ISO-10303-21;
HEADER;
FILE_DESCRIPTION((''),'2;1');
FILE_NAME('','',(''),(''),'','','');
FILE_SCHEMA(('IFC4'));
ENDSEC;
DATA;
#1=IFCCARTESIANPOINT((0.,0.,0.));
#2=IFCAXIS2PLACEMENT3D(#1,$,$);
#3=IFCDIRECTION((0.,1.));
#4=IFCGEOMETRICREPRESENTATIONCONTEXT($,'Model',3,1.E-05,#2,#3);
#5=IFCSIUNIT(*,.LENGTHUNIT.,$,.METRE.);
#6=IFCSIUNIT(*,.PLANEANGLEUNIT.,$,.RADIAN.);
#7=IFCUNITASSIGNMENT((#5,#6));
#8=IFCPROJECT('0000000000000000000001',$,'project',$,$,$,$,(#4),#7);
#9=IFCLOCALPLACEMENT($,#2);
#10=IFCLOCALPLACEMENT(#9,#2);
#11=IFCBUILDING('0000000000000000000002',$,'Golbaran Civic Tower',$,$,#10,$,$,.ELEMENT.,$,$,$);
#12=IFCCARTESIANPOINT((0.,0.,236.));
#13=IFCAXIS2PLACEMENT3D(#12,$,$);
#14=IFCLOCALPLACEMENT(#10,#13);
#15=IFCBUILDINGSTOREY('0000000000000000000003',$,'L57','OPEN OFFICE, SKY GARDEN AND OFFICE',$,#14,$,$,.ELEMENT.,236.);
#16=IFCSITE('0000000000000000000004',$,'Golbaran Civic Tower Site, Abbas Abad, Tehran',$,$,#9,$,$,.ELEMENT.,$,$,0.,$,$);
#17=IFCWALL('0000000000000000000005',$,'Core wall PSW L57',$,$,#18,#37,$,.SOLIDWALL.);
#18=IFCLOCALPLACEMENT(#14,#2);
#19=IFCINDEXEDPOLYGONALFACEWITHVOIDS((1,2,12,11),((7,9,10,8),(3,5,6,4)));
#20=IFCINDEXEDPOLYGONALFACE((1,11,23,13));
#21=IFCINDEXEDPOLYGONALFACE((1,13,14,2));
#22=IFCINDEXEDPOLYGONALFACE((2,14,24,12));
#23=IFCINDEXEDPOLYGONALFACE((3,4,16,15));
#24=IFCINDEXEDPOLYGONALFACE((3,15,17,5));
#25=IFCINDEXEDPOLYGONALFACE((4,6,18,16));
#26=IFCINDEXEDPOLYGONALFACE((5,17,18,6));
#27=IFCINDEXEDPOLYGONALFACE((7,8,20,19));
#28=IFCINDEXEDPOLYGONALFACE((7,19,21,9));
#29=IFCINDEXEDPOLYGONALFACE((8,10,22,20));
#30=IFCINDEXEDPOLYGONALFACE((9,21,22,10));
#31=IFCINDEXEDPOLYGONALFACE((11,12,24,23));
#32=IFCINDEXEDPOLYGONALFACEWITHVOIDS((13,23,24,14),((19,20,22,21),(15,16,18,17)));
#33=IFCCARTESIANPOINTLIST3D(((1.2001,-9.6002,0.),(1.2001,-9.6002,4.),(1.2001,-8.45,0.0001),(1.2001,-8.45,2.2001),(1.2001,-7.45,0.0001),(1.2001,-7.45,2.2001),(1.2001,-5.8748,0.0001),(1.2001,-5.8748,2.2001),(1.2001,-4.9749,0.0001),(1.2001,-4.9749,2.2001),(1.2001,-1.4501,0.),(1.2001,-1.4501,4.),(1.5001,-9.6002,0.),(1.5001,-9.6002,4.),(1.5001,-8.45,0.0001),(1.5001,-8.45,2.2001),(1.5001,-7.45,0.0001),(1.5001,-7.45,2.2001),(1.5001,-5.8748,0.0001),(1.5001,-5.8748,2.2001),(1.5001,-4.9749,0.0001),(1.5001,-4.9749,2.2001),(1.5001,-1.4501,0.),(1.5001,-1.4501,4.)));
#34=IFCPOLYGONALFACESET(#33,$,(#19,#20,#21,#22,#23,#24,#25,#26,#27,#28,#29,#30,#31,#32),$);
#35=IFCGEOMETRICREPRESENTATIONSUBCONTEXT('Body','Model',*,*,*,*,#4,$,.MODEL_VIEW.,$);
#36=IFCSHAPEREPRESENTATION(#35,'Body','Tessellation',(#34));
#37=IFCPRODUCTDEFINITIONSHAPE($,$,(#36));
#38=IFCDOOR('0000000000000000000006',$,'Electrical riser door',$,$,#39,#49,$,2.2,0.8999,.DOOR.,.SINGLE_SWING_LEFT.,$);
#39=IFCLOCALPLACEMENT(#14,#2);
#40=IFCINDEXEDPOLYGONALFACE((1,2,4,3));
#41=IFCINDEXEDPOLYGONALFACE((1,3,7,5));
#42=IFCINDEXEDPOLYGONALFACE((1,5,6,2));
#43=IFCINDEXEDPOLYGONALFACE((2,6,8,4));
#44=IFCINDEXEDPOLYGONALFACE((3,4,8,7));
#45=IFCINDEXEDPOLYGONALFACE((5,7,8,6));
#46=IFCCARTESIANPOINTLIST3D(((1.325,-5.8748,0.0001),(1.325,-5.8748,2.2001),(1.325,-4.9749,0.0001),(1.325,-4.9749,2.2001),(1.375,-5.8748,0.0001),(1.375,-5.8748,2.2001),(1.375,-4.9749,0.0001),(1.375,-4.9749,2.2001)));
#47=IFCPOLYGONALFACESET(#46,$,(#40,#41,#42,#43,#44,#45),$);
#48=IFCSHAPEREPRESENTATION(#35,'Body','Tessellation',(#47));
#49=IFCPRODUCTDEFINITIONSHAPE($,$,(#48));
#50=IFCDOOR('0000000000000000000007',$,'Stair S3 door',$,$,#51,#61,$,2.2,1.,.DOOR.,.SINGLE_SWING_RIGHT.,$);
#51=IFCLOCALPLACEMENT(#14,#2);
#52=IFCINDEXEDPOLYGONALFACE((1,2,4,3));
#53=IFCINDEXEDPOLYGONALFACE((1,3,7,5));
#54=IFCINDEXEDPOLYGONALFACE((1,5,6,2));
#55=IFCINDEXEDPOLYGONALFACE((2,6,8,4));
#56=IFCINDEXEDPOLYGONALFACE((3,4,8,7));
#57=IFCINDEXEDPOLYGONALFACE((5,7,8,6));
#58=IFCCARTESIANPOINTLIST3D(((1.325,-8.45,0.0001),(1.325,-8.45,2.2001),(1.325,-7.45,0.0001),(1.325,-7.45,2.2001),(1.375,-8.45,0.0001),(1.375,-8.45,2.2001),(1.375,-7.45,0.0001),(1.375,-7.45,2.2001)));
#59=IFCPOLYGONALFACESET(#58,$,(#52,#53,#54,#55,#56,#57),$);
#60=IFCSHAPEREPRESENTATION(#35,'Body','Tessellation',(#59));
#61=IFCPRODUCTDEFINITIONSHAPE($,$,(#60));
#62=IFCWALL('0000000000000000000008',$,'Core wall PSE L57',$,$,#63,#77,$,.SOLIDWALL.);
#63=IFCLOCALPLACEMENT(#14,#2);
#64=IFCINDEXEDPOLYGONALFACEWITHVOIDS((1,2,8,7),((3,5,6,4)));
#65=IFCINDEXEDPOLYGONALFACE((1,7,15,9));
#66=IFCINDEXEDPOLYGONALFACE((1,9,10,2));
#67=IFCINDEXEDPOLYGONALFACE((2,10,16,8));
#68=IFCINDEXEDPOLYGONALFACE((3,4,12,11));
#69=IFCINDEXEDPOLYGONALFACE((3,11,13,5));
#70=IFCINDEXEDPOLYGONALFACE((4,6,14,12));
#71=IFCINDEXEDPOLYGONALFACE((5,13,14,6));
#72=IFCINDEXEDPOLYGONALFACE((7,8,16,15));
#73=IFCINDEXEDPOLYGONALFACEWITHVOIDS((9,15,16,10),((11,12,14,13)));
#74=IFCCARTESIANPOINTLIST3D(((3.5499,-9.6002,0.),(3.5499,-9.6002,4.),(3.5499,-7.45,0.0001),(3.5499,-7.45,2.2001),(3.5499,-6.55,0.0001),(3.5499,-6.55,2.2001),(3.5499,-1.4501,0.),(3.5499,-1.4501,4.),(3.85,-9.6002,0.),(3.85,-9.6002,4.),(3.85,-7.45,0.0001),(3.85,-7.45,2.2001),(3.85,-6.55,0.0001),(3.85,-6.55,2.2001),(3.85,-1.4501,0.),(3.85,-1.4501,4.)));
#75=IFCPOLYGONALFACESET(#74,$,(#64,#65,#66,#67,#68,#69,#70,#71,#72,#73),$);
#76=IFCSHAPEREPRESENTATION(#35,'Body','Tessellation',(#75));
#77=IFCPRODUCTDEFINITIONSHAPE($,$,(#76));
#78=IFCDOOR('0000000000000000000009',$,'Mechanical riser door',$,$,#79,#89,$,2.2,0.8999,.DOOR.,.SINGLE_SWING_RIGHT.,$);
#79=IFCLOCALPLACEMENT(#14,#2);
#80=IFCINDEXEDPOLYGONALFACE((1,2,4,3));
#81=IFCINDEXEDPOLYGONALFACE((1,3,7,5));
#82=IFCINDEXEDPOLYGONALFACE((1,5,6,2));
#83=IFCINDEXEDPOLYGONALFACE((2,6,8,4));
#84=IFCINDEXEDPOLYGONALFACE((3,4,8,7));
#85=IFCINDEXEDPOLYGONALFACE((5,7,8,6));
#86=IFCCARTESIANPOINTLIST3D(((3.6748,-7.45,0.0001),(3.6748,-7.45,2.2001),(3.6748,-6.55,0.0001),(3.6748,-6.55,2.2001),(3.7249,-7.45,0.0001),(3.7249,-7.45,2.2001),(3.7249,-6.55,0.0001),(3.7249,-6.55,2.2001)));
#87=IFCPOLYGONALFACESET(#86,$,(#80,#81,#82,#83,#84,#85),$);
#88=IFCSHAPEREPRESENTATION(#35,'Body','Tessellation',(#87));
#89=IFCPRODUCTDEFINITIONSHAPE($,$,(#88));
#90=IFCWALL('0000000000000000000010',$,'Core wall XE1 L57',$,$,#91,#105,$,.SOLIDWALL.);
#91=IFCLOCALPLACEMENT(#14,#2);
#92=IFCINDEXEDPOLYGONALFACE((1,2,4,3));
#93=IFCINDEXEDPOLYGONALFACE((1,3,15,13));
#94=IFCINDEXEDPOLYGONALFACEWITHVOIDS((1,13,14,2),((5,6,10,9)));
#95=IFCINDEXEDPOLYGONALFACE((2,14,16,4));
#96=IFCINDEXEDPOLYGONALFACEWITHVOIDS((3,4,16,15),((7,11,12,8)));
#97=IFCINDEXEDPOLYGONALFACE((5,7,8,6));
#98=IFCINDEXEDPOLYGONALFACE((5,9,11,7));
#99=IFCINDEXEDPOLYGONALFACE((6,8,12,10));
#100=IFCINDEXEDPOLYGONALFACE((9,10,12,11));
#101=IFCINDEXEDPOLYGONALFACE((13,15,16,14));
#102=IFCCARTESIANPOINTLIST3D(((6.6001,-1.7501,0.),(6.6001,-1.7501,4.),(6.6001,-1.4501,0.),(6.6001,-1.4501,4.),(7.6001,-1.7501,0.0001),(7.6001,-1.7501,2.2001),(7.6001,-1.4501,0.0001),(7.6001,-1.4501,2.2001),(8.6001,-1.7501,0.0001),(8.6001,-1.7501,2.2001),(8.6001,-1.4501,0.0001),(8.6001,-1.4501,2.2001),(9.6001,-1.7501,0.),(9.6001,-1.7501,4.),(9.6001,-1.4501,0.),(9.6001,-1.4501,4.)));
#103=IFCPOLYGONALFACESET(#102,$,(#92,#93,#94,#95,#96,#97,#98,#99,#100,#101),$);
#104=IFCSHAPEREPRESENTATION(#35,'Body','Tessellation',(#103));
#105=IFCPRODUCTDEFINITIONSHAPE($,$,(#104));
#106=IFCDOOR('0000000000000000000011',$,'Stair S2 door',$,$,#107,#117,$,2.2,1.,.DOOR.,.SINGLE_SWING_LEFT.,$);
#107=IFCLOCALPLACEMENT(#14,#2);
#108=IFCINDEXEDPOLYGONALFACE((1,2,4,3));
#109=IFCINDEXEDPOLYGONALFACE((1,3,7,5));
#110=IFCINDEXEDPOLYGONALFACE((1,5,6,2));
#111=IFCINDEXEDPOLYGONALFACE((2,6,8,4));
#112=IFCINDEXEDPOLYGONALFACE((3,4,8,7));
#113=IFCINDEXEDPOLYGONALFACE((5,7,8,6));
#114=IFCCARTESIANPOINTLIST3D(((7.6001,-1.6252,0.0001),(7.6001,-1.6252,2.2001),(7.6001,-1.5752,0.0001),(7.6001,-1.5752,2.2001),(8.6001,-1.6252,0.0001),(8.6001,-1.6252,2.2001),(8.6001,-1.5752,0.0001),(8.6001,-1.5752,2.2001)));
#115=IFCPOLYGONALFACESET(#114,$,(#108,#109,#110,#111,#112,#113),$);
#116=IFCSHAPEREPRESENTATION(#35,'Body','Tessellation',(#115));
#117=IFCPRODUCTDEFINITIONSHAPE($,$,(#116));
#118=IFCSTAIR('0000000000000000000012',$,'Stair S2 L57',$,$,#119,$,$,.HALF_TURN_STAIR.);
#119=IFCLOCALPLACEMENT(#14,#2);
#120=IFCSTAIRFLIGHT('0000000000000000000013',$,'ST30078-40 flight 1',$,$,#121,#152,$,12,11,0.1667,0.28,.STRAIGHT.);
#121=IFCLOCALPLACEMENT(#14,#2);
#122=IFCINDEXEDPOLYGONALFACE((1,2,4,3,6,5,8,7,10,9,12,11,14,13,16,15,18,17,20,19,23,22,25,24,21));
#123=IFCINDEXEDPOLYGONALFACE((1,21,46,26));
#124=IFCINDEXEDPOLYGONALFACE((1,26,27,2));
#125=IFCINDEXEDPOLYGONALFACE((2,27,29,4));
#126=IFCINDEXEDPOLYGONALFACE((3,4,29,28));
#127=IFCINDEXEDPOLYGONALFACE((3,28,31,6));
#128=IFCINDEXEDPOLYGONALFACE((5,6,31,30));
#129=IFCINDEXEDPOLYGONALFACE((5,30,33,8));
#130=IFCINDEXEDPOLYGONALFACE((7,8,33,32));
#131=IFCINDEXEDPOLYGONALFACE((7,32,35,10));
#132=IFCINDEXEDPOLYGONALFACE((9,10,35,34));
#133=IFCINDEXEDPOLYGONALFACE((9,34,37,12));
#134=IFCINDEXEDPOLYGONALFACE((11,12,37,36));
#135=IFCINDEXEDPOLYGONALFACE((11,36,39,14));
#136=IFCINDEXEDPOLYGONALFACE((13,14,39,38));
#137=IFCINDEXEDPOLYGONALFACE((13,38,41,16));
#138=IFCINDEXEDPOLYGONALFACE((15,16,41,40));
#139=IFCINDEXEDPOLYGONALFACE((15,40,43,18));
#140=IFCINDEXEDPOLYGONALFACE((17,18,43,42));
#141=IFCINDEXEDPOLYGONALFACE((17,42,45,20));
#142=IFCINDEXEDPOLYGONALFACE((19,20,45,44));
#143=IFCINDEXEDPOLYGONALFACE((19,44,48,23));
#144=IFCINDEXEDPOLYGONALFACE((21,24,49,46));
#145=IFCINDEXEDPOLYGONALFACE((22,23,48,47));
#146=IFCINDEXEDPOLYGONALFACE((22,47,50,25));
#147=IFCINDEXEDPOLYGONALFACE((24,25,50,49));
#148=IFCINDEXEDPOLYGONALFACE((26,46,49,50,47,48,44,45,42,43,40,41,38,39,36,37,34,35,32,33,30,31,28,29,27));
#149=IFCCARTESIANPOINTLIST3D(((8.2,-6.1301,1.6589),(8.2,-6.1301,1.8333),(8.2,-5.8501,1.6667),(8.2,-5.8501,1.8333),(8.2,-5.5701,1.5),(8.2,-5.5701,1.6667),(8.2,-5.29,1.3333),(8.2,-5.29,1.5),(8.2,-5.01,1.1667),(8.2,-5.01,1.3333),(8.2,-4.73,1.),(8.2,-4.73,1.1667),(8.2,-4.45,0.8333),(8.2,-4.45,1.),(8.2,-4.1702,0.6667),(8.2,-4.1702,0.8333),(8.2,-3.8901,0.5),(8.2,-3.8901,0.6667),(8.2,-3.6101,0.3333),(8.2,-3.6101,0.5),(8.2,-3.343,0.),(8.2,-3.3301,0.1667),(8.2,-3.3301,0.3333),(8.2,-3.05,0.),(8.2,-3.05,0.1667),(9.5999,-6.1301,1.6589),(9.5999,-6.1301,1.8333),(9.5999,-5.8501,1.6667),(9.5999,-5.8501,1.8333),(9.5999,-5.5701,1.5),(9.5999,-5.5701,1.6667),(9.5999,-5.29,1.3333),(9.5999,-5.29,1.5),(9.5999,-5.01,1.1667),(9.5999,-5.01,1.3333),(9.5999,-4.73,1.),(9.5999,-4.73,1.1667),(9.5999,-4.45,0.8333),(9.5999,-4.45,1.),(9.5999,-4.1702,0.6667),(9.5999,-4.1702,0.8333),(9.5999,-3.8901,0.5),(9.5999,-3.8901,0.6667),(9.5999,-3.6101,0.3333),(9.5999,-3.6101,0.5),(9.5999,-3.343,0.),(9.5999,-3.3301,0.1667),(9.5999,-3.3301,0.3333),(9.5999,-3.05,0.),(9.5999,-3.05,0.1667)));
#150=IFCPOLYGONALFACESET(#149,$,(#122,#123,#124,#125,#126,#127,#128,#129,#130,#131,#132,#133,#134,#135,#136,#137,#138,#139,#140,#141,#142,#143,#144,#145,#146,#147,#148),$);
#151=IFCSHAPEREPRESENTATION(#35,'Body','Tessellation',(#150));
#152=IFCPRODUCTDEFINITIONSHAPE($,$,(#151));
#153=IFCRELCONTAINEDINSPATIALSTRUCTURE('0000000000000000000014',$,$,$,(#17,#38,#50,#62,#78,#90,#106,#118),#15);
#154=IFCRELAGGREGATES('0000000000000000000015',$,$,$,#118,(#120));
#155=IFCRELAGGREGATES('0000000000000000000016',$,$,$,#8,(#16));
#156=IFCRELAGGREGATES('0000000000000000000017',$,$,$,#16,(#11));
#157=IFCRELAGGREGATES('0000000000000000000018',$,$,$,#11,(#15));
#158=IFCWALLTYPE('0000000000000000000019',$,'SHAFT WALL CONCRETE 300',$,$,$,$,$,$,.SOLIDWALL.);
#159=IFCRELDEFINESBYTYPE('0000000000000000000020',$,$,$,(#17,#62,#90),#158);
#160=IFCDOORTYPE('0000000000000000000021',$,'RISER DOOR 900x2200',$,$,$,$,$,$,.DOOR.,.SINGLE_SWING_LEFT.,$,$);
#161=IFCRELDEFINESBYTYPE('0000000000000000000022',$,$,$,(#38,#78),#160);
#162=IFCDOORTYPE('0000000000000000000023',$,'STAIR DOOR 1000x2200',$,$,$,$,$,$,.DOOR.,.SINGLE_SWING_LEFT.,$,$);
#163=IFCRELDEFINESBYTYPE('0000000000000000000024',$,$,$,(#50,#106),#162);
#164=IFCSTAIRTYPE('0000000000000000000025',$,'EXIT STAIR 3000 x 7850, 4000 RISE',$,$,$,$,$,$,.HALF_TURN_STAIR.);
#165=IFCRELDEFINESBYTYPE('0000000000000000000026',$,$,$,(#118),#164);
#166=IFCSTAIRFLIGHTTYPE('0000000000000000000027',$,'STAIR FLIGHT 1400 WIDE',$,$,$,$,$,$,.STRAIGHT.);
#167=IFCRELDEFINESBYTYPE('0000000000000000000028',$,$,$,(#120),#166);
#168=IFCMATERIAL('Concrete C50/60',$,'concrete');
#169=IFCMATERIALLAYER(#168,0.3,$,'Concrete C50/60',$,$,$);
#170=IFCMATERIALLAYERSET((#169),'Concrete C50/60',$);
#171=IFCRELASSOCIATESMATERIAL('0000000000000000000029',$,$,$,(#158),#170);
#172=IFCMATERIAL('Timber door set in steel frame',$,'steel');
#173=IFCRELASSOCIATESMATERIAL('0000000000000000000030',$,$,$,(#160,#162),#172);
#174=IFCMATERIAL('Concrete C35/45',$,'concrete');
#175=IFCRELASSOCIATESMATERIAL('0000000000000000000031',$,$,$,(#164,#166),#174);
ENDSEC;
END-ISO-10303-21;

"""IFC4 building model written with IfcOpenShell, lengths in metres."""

from ifc_helpers import new_model, si_unit, direction, frame, frame_2d, origin, place, context, subcontext, project, spatial, polyline, rectangle, outline, extrude, material, layer, layer_set, type_object, element, fill, aggregate, save


model = new_model("IFC4")

# Units and contexts
model_context = context("Model", 3, precision=1e-05, world=origin(), true_north=direction((0.0, 1.0)))
body_context = subcontext(model_context, "Body", "Model", "MODEL_VIEW")
ifc_project = project(units=[si_unit("LENGTHUNIT", "METRE"), si_unit("PLANEANGLEUNIT", "RADIAN")], contexts=[model_context])

# Site, building, storey
site_placement = place(None, origin())
site = spatial("IfcSite", under=ifc_project, at=site_placement, Name="Golbaran Civic Tower Site, Abbas Abad, Tehran", CompositionType="ELEMENT", RefElevation=0.0)
building_placement = place(site_placement, origin())
building = spatial("IfcBuilding", under=site, at=building_placement, Name="Golbaran Civic Tower", CompositionType="ELEMENT")
storey_placement = place(building_placement, frame((0.0, 0.0, 236.0)))
storey = spatial("IfcBuildingStorey", under=building, at=storey_placement, Name="L57", Description="OPEN OFFICE, SKY GARDEN AND OFFICE", CompositionType="ELEMENT", Elevation=236.0)

# Shared definitions
ifc_material_1 = material(Name="Concrete C50/60", Category="concrete")
ifc_layer = layer(ifc_material_1, 0.3, Name="Concrete C50/60")
ifc_layer_set = layer_set([ifc_layer], Name="Concrete C50/60")
wall_type = type_object("IfcWallType", Name="SHAFT WALL CONCRETE 300", PredefinedType="SOLIDWALL", material=ifc_layer_set)

# Wall, openings, doors
wall_1_placement = place(storey_placement, frame((1.3501, -1.45, 0.0), z_axis=(0.0, 0.0, 1.0), x_axis=(0.0, -1.0, 0.0)))
wall_1 = element("IfcWall", 1, at=wall_1_placement, inside=storey, type_object=wall_type, Name="Core wall PSW L57", PredefinedType="SOLIDWALL", context=body_context, shape_type="SweptSolid", body=[
    extrude(rectangle(XDim=8.1501, YDim=0.3, at=frame_2d((4.0752, 0.0))), origin(), (0.0, 0.0, 1.0), 4.0),
])
opening_1_placement = place(wall_1_placement, frame((6.0, 0.0, 0.0)))
opening_1 = element("IfcOpeningElement", 2, at=opening_1_placement, cuts=wall_1, PredefinedType="OPENING", context=body_context, shape_type="SweptSolid", body=[
    extrude(rectangle(XDim=1.0, YDim=2.2, at=frame_2d((0.5, 1.1001))), frame((0.0, 0.1599, 0.0), z_axis=(0.0, -1.0, 0.0), x_axis=(1.0, 0.0, 0.0)), (0.0, 0.0, 1.0), 0.3201),
])
opening_2_placement = place(wall_1_placement, frame((3.5249, 0.0, 0.0)))
opening_2 = element("IfcOpeningElement", 3, at=opening_2_placement, cuts=wall_1, PredefinedType="OPENING", context=body_context, shape_type="SweptSolid", body=[
    extrude(rectangle(XDim=0.8999, YDim=2.2, at=frame_2d((0.45, 1.1001))), frame((0.0, 0.1599, 0.0), z_axis=(0.0, -1.0, 0.0), x_axis=(1.0, 0.0, 0.0)), (0.0, 0.0, 1.0), 0.3201),
])
ifc_material_2 = material(Name="Timber door set in steel frame", Category="steel")
door_type_1 = type_object("IfcDoorType", Name="RISER DOOR 900x2200", OperationType="SINGLE_SWING_LEFT", PredefinedType="DOOR", material=ifc_material_2)
door_1_placement = place(opening_2_placement, origin())
door_1 = element("IfcDoor", 4, at=door_1_placement, inside=storey, type_object=door_type_1, Name="Electrical riser door", OperationType="SINGLE_SWING_LEFT", OverallHeight=2.2, OverallWidth=0.8999, PredefinedType="DOOR", context=body_context, shape_type="SweptSolid", body=[
    extrude(rectangle(XDim=0.8999, YDim=2.2, at=frame_2d((0.45, 1.1001))), frame((0.0, 0.0249, 0.0), z_axis=(0.0, -1.0, 0.0), x_axis=(1.0, 0.0, 0.0)), (0.0, 0.0, 1.0), 0.05),
])
fill(opening_2, door_1)
door_type_2 = type_object("IfcDoorType", Name="STAIR DOOR 1000x2200", OperationType="SINGLE_SWING_LEFT", PredefinedType="DOOR", material=ifc_material_2)
door_2_placement = place(opening_1_placement, origin())
door_2 = element("IfcDoor", 5, at=door_2_placement, inside=storey, type_object=door_type_2, Name="Stair S3 door", OperationType="SINGLE_SWING_RIGHT", OverallHeight=2.2, OverallWidth=1.0, PredefinedType="DOOR", context=body_context, shape_type="SweptSolid", body=[
    extrude(rectangle(XDim=1.0, YDim=2.2, at=frame_2d((0.5, 1.1001))), frame((0.0, 0.0249, 0.0), z_axis=(0.0, -1.0, 0.0), x_axis=(1.0, 0.0, 0.0)), (0.0, 0.0, 1.0), 0.05),
])
fill(opening_1, door_2)

# Walls, openings, doors
wall_2_placement = place(storey_placement, frame((3.7, -1.45, 0.0), z_axis=(0.0, 0.0, 1.0), x_axis=(0.0, -1.0, 0.0)))
wall_2 = element("IfcWall", 6, at=wall_2_placement, inside=storey, type_object=wall_type, Name="Core wall PSE L57", PredefinedType="SOLIDWALL", context=body_context, shape_type="SweptSolid", body=[
    extrude(rectangle(XDim=8.1501, YDim=0.3, at=frame_2d((4.0752, 0.0))), origin(), (0.0, 0.0, 1.0), 4.0),
])
opening_3_placement = place(wall_2_placement, frame((5.1001, 0.0, 0.0)))
opening_3 = element("IfcOpeningElement", 7, at=opening_3_placement, cuts=wall_2, PredefinedType="OPENING", context=body_context, shape_type="SweptSolid", body=[
    extrude(rectangle(XDim=0.8999, YDim=2.2, at=frame_2d((0.45, 1.1001))), frame((0.0, 0.1599, 0.0), z_axis=(0.0, -1.0, 0.0), x_axis=(1.0, 0.0, 0.0)), (0.0, 0.0, 1.0), 0.3201),
])
door_3_placement = place(opening_3_placement, origin())
door_3 = element("IfcDoor", 8, at=door_3_placement, inside=storey, type_object=door_type_1, Name="Mechanical riser door", OperationType="SINGLE_SWING_RIGHT", OverallHeight=2.2, OverallWidth=0.8999, PredefinedType="DOOR", context=body_context, shape_type="SweptSolid", body=[
    extrude(rectangle(XDim=0.8999, YDim=2.2, at=frame_2d((0.45, 1.1001))), frame((0.0, 0.0249, 0.0), z_axis=(0.0, -1.0, 0.0), x_axis=(1.0, 0.0, 0.0)), (0.0, 0.0, 1.0), 0.05),
])
fill(opening_3, door_3)
wall_3_placement = place(storey_placement, frame((6.6001, -1.6001, 0.0), z_axis=(0.0, 0.0, 1.0), x_axis=(1.0, 0.0, 0.0)))
wall_3 = element("IfcWall", 9, at=wall_3_placement, inside=storey, type_object=wall_type, Name="Core wall XE1 L57", PredefinedType="SOLIDWALL", context=body_context, shape_type="SweptSolid", body=[
    extrude(rectangle(XDim=3.0, YDim=0.3, at=frame_2d((1.5, 0.0))), origin(), (0.0, 0.0, 1.0), 4.0),
])
opening_4_placement = place(wall_3_placement, frame((1.0, 0.0, 0.0)))
opening_4 = element("IfcOpeningElement", 10, at=opening_4_placement, cuts=wall_3, PredefinedType="OPENING", context=body_context, shape_type="SweptSolid", body=[
    extrude(rectangle(XDim=1.0, YDim=2.2, at=frame_2d((0.5, 1.1001))), frame((0.0, 0.1599, 0.0), z_axis=(0.0, -1.0, 0.0), x_axis=(1.0, 0.0, 0.0)), (0.0, 0.0, 1.0), 0.3201),
])
door_4_placement = place(opening_4_placement, origin())
door_4 = element("IfcDoor", 11, at=door_4_placement, inside=storey, type_object=door_type_2, Name="Stair S2 door", OperationType="SINGLE_SWING_LEFT", OverallHeight=2.2, OverallWidth=1.0, PredefinedType="DOOR", context=body_context, shape_type="SweptSolid", body=[
    extrude(rectangle(XDim=1.0, YDim=2.2, at=frame_2d((0.5, 1.1001))), frame((0.0, 0.0249, 0.0), z_axis=(0.0, -1.0, 0.0), x_axis=(1.0, 0.0, 0.0)), (0.0, 0.0, 1.0), 0.05),
])
fill(opening_4, door_4)

# Stair, stair flight
ifc_material_3 = material(Name="Concrete C35/45", Category="concrete")
stair_type = type_object("IfcStairType", Name="EXIT STAIR 3000 x 7850, 4000 RISE", PredefinedType="HALF_TURN_STAIR", material=ifc_material_3)
stair_placement = place(storey_placement, origin())
stair = element("IfcStair", 12, at=stair_placement, inside=storey, type_object=stair_type, Name="Stair S2 L57", PredefinedType="HALF_TURN_STAIR")
stair_flight_type = type_object("IfcStairFlightType", Name="STAIR FLIGHT 1400 WIDE", PredefinedType="STRAIGHT", material=ifc_material_3)
stair_flight_1_placement = place(storey_placement, frame((8.8999, -3.05, 0.0), z_axis=(0.0, 0.0, 1.0), x_axis=(0.0, -1.0, 0.0)))
stair_flight_1 = element("IfcStairFlight", 13, at=stair_flight_1_placement, type_object=stair_flight_type, Name="ST30078-40 flight 1", NumberOfRisers=12, NumberOfTreads=11, PredefinedType="STRAIGHT", RiserHeight=0.1667, TreadLength=0.28, context=body_context, shape_type="SweptSolid", body=[
    extrude(outline(polyline([(0.0, 0.0), (0.0, 0.1667), (0.28, 0.1667), (0.28, 0.3333), (0.5601, 0.3333), (0.5601, 0.5), (0.8401, 0.5), (0.8401, 0.6667), (1.1201, 0.6667), (1.1201, 0.8333), (1.3999, 0.8333), (1.3999, 1.0), (1.6799, 1.0), (1.6799, 1.1667), (1.96, 1.1667), (1.96, 1.3333), (2.24, 1.3333), (2.24, 1.5), (2.52, 1.5), (2.52, 1.6667), (2.8, 1.6667), (2.8, 1.8333), (3.0801, 1.8333), (3.0801, 2.0), (3.0801, 1.6589), (0.293, 0.0), (0.0, 0.0)])), frame((0.0, 0.7, 0.0), z_axis=(0.0, -1.0, 0.0), x_axis=(1.0, 0.0, 0.0)), (0.0, 0.0, 1.0), 1.3999),
])
aggregate(stair, [stair_flight_1])

save(model, "model.ifc")
